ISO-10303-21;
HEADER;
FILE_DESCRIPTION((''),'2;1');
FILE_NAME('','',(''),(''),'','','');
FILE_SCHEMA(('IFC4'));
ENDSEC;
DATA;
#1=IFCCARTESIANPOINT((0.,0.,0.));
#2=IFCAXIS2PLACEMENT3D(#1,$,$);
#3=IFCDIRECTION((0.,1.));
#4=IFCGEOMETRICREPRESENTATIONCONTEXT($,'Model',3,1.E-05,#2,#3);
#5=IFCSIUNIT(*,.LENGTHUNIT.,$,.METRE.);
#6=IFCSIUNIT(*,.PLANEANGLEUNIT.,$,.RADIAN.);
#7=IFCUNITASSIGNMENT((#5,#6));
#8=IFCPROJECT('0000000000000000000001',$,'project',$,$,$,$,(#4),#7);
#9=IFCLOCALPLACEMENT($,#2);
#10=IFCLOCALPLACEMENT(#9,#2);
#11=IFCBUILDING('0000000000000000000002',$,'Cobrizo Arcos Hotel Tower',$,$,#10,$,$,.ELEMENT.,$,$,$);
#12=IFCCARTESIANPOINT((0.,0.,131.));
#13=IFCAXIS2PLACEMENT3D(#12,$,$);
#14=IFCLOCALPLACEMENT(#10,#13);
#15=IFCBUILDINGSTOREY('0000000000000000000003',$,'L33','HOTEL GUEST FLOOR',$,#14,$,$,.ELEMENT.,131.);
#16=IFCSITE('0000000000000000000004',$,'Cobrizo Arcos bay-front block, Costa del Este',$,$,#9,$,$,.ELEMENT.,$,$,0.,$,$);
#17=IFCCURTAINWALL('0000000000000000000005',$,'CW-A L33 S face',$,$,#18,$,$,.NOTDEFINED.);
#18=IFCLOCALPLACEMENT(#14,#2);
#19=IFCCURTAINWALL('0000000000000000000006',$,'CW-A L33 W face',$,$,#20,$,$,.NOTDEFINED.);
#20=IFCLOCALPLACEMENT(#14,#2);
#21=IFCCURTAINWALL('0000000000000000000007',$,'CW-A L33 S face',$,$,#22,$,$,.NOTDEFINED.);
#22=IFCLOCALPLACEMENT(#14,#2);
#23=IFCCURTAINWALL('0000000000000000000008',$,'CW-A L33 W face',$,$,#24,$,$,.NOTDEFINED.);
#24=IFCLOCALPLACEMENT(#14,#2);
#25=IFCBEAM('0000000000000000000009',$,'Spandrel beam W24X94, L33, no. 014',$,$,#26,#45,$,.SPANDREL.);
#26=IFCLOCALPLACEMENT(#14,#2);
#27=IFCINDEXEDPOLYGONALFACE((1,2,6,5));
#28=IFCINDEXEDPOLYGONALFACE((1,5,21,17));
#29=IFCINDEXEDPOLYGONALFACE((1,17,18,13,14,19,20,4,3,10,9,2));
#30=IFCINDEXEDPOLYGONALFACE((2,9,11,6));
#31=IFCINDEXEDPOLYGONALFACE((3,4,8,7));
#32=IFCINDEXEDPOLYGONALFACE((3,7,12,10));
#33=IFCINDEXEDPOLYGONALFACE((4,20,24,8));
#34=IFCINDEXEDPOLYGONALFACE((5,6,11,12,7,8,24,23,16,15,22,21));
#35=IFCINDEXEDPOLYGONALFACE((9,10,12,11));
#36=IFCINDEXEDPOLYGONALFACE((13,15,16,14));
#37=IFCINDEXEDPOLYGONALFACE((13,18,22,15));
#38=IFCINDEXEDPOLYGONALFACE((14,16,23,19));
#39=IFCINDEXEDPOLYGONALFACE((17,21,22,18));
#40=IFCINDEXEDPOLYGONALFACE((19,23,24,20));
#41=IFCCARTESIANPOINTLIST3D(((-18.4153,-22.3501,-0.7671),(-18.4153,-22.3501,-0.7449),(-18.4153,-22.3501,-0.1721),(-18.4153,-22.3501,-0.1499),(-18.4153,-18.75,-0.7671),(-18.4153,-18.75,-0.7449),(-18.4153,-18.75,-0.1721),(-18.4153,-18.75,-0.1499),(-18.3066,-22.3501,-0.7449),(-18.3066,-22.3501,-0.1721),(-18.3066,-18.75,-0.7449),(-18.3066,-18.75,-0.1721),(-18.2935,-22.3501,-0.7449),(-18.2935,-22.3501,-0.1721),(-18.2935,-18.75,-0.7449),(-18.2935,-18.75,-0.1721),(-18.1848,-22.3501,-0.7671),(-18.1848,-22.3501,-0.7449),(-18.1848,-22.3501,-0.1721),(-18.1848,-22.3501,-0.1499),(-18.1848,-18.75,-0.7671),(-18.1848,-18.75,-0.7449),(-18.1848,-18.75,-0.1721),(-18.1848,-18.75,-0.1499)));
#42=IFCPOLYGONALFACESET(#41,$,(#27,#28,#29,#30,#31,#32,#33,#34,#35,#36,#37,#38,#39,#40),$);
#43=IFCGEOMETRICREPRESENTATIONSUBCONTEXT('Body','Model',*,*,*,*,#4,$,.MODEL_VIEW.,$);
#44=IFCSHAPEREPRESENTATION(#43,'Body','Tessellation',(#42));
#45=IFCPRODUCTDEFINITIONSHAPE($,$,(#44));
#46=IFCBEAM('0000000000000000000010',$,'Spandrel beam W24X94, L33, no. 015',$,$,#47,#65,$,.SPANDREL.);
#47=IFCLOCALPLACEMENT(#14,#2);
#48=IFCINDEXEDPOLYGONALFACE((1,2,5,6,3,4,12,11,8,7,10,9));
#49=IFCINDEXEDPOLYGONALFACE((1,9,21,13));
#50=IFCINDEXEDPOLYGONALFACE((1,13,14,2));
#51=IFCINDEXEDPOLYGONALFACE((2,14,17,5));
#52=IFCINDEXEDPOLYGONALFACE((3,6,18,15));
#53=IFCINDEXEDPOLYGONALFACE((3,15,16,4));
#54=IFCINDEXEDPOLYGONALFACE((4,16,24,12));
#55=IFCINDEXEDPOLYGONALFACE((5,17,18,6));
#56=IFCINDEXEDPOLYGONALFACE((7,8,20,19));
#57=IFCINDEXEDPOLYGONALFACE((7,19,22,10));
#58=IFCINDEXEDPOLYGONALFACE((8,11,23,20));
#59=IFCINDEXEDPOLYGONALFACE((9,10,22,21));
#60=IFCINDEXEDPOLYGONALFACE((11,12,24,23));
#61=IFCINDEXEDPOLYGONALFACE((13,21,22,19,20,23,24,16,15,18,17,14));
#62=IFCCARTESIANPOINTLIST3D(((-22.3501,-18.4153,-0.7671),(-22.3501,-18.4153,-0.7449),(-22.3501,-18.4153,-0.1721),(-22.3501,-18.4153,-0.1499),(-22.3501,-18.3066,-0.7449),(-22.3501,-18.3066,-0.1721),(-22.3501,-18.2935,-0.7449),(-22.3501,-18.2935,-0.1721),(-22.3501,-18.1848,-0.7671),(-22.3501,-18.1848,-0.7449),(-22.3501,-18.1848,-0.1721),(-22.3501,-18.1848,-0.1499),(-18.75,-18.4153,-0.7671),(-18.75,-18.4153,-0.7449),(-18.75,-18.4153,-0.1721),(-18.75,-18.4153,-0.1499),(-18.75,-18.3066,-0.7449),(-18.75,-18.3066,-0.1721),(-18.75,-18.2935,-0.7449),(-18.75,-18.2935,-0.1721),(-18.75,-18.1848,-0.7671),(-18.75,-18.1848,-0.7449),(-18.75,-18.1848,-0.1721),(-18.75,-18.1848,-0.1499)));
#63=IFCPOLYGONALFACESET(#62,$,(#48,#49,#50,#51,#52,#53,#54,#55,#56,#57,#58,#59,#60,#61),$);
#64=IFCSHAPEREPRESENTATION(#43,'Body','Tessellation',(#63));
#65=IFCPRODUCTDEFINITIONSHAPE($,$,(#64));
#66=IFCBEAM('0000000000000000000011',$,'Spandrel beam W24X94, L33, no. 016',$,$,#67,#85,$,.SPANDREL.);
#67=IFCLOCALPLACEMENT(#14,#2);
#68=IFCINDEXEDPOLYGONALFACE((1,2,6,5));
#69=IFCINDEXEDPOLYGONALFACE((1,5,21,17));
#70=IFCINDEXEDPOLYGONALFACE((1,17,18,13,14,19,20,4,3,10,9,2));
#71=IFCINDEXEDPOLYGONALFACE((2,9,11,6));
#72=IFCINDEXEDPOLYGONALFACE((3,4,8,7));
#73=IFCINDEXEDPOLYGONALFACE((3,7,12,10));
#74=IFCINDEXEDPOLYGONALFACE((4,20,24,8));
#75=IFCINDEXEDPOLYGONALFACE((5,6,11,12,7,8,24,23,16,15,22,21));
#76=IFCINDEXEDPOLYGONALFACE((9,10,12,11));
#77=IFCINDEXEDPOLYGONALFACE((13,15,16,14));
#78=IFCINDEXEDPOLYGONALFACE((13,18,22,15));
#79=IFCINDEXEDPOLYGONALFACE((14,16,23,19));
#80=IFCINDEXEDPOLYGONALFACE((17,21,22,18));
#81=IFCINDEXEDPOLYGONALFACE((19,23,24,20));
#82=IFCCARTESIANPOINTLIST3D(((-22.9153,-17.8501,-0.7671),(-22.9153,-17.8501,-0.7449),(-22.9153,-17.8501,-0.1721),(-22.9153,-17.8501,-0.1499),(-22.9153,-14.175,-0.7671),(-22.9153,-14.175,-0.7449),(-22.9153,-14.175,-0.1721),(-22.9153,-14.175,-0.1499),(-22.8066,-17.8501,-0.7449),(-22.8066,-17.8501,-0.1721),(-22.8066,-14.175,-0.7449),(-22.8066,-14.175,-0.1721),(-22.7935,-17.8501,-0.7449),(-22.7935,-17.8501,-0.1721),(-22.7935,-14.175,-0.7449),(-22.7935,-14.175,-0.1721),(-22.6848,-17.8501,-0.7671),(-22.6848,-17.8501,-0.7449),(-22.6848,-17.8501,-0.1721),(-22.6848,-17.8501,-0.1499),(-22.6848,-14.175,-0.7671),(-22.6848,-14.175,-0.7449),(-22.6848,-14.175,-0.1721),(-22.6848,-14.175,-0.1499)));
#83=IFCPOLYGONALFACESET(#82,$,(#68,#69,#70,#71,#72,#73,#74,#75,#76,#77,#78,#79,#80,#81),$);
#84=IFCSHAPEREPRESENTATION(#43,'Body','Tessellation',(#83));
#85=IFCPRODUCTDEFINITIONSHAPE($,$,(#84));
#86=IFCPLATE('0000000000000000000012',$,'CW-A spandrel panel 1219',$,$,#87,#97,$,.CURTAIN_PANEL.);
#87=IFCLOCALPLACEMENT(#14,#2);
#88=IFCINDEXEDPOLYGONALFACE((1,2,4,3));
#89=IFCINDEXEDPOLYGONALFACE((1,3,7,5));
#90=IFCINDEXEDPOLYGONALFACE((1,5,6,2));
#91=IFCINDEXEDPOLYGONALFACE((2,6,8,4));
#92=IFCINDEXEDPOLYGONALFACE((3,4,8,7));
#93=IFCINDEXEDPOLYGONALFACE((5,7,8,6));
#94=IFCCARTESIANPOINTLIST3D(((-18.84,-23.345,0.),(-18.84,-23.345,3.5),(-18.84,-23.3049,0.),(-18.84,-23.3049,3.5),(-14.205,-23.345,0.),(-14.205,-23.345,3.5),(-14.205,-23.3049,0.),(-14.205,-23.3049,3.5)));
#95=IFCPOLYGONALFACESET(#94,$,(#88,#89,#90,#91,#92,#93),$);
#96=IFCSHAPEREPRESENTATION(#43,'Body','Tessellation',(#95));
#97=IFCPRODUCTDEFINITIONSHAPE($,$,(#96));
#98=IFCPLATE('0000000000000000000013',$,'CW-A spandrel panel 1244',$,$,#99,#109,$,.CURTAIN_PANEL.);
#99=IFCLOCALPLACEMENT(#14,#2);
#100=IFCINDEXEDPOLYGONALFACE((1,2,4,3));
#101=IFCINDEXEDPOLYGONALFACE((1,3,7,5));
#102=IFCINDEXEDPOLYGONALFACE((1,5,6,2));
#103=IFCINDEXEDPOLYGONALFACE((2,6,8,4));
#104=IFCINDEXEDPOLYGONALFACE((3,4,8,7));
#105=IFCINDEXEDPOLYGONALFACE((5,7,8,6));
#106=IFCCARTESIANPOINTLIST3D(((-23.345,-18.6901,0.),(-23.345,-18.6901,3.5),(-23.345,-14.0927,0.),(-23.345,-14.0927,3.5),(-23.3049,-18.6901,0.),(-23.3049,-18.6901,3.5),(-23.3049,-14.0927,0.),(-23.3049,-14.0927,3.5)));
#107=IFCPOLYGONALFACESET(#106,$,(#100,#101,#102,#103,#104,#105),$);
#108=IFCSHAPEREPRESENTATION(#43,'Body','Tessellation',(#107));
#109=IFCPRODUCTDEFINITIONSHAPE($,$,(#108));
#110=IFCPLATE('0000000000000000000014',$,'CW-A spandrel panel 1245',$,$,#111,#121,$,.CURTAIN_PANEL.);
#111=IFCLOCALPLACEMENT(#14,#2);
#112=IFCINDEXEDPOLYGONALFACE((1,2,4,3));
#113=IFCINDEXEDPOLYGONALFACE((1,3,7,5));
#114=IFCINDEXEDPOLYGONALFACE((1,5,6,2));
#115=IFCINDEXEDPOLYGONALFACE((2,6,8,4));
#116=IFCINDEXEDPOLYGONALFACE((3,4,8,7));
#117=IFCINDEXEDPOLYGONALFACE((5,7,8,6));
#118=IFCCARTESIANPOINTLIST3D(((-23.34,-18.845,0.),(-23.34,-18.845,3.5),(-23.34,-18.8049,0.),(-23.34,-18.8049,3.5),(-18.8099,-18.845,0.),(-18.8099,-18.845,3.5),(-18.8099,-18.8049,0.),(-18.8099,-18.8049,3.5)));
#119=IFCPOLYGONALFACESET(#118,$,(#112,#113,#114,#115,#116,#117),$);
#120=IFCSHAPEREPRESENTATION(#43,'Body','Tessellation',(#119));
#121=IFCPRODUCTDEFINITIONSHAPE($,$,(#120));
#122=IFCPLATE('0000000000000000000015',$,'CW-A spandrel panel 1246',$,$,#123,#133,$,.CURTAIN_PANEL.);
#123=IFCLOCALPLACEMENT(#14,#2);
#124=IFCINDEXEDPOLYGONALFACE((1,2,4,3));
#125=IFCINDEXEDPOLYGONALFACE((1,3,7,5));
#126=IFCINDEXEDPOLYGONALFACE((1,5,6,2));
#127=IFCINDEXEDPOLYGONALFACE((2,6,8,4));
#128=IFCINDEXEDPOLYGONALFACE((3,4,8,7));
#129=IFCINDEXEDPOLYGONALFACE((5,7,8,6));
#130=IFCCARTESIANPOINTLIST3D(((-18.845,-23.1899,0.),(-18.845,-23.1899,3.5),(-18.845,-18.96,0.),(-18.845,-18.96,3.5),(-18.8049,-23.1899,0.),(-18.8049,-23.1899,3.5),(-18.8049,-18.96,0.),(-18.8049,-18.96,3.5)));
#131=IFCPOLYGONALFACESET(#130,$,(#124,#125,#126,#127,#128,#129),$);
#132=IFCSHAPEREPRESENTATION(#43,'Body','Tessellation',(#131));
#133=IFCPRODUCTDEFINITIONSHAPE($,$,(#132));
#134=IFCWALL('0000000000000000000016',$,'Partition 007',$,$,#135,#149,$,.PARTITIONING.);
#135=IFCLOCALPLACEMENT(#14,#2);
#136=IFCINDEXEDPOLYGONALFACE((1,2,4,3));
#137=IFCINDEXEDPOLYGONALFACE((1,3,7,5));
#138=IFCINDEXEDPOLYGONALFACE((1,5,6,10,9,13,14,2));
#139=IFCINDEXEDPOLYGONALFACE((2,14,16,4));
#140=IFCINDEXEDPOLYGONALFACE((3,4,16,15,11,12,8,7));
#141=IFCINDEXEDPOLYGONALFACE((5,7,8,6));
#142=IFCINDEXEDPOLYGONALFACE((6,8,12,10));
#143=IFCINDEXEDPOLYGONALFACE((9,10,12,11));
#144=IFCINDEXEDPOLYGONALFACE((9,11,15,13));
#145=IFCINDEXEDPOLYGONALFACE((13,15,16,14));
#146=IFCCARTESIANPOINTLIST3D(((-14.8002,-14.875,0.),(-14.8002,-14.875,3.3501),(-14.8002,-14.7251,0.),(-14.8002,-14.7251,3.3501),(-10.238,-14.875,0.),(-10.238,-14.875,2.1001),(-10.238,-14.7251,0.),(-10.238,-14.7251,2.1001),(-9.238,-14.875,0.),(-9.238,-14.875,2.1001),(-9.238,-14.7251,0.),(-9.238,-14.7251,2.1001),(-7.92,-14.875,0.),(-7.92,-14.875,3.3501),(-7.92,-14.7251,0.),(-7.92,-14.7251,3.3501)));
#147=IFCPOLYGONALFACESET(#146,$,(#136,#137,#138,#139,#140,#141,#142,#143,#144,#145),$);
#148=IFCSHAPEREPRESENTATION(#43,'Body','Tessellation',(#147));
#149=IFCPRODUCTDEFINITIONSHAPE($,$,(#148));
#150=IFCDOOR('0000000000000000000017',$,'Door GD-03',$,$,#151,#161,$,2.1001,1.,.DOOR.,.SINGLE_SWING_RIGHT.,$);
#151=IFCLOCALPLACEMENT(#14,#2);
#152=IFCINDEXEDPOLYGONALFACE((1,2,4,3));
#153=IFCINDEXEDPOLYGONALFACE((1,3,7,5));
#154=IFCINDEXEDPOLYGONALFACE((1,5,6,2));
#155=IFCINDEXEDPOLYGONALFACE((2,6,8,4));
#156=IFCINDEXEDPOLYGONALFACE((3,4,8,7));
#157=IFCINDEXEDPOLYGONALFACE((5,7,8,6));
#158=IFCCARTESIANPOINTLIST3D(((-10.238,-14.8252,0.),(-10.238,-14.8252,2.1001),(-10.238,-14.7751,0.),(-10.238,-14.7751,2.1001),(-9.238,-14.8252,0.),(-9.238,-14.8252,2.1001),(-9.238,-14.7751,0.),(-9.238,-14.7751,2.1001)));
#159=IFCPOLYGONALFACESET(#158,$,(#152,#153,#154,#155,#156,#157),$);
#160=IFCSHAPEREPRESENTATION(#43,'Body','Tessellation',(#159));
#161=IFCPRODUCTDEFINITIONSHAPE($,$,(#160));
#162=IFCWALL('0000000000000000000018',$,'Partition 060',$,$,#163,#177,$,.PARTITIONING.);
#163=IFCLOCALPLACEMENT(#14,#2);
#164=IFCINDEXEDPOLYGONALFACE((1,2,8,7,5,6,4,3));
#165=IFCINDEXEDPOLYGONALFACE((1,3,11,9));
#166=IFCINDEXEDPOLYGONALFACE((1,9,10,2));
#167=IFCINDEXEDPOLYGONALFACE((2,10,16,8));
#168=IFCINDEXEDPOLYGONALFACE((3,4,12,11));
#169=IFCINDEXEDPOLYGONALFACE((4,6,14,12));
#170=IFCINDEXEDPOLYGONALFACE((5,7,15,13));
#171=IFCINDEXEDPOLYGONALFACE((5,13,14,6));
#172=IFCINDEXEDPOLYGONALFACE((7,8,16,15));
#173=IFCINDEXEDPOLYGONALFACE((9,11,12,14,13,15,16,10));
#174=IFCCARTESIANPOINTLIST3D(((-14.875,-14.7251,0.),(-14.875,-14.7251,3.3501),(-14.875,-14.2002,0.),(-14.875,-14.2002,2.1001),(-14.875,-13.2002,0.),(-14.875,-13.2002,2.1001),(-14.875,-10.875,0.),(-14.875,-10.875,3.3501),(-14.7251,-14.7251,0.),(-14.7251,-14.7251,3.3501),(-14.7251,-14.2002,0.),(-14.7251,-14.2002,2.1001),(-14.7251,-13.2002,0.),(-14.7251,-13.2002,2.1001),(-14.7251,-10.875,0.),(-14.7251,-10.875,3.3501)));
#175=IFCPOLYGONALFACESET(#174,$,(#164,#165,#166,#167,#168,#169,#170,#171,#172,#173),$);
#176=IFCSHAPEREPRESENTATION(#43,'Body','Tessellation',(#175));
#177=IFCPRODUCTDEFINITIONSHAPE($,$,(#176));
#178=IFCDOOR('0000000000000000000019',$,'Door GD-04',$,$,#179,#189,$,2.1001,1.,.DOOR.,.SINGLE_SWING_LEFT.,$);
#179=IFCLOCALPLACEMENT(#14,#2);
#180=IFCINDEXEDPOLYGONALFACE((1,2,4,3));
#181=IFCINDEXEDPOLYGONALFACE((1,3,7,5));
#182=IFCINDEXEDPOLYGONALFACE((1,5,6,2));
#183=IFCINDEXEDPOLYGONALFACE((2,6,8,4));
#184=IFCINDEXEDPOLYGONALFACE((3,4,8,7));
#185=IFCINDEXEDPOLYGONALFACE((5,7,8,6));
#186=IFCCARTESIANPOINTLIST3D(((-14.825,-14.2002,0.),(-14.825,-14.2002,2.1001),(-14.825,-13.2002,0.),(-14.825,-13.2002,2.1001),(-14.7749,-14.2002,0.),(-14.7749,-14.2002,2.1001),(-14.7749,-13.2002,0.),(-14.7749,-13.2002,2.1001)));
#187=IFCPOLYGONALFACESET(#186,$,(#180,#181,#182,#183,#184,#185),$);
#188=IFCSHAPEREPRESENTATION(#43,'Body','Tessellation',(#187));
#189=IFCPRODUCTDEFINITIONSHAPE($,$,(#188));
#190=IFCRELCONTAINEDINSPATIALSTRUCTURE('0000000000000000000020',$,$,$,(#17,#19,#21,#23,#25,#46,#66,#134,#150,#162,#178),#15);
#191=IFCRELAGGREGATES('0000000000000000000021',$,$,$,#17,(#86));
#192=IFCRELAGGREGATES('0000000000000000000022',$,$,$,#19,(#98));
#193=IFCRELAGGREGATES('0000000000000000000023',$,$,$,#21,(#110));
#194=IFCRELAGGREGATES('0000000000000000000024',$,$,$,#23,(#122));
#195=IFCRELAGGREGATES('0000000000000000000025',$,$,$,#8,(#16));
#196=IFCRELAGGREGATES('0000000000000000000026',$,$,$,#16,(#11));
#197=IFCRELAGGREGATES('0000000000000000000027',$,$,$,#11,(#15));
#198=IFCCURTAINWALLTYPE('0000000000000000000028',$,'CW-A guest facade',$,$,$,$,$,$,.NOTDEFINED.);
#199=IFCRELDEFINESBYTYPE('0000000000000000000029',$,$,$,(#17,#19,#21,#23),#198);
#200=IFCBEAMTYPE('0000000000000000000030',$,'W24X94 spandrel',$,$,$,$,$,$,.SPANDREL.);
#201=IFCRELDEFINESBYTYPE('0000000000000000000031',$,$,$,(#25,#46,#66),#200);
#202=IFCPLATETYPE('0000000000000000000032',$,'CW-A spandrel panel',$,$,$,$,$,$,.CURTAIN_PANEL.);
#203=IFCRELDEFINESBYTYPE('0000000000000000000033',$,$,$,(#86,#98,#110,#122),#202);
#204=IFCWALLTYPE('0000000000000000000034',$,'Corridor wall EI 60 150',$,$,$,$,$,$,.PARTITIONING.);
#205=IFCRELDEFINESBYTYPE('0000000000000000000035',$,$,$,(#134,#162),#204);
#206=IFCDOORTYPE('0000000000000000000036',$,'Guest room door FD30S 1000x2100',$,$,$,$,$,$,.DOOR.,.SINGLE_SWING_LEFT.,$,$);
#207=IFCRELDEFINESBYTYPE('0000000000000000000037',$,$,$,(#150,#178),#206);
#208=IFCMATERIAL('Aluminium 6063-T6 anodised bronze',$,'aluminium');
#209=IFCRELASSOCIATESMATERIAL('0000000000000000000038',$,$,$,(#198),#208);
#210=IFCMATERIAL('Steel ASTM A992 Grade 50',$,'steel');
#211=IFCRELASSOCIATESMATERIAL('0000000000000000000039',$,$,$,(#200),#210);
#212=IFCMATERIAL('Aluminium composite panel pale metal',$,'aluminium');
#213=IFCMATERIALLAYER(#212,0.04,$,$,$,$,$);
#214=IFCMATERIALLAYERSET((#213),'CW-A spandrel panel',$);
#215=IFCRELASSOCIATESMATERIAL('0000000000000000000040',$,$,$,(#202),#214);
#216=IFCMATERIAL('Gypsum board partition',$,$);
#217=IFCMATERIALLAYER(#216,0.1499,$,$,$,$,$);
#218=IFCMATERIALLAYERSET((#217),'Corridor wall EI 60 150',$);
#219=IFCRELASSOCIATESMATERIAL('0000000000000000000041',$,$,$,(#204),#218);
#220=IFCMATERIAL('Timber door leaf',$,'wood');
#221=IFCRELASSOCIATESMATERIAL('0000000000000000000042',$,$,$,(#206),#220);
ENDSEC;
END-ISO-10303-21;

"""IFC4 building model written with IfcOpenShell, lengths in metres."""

from ifc_helpers import new_model, si_unit, direction, frame, frame_2d, origin, origin_2d, place, context, subcontext, project, spatial, rectangle, i_section, extrude, material, layer, layer_set, material_profile, profile_set, type_object, element, fill, aggregate, save


model = new_model("IFC4")

# Units and contexts
model_context = context("Model", 3, precision=1e-05, world=origin(), true_north=direction((0.0, 1.0)))
body_context = subcontext(model_context, "Body", "Model", "MODEL_VIEW")
ifc_project = project(units=[si_unit("LENGTHUNIT", "METRE"), si_unit("PLANEANGLEUNIT", "RADIAN")], contexts=[model_context])

# Site, building, storey
site_placement = place(None, origin())
site = spatial("IfcSite", under=ifc_project, at=site_placement, Name="Cobrizo Arcos bay-front block, Costa del Este", CompositionType="ELEMENT", RefElevation=0.0)
building_placement = place(site_placement, origin())
building = spatial("IfcBuilding", under=site, at=building_placement, Name="Cobrizo Arcos Hotel Tower", CompositionType="ELEMENT")
storey_placement = place(building_placement, frame((0.0, 0.0, 131.0)))
storey = spatial("IfcBuildingStorey", under=building, at=storey_placement, Name="L33", Description="HOTEL GUEST FLOOR", CompositionType="ELEMENT", Elevation=131.0)

# Curtain walls
ifc_material_1 = material(Name="Aluminium 6063-T6 anodised bronze", Category="aluminium")
curtain_wall_type = type_object("IfcCurtainWallType", Name="CW-A guest facade", PredefinedType="NOTDEFINED", material=ifc_material_1)
curtain_wall_1_placement = place(storey_placement, origin())
curtain_wall_1 = element("IfcCurtainWall", 1, at=curtain_wall_1_placement, inside=storey, type_object=curtain_wall_type, Name="CW-A L33 S face", PredefinedType="NOTDEFINED")
curtain_wall_2_placement = place(storey_placement, origin())
curtain_wall_2 = element("IfcCurtainWall", 2, at=curtain_wall_2_placement, inside=storey, type_object=curtain_wall_type, Name="CW-A L33 W face", PredefinedType="NOTDEFINED")

# Curtain walls
curtain_wall_3_placement = place(storey_placement, origin())
curtain_wall_3 = element("IfcCurtainWall", 3, at=curtain_wall_3_placement, inside=storey, type_object=curtain_wall_type, Name="CW-A L33 S face", PredefinedType="NOTDEFINED")
curtain_wall_4_placement = place(storey_placement, origin())
curtain_wall_4 = element("IfcCurtainWall", 4, at=curtain_wall_4_placement, inside=storey, type_object=curtain_wall_type, Name="CW-A L33 W face", PredefinedType="NOTDEFINED")

# Beams
ifc_material_2 = material(Name="Steel ASTM A992 Grade 50", Category="steel")
ifc_material_profile_1 = material_profile(ifc_material_2, i_section(OverallWidth=0.2305, OverallDepth=0.6172, WebThickness=0.0132, FlangeThickness=0.0222, at=origin_2d()), Name="W24X94")
ifc_profile_set_1 = profile_set([ifc_material_profile_1], Name="Steel ASTM A992 Grade 50")
beam_type_1 = type_object("IfcBeamType", Name="W24X94 spandrel", PredefinedType="SPANDREL", material=ifc_profile_set_1)
for number, where, z_axis, x_axis, name in (
    (5, (-18.3, -22.3501, -0.4585), (0.0, 1.0, 0.0), (-1.0, 0.0, 0.0), "Spandrel beam W24X94, L33, no. 014"),
    (6, (-18.75, -18.3, -0.4585), (-1.0, 0.0, 0.0), (0.0, -1.0, 0.0), "Spandrel beam W24X94, L33, no. 015"),
):
    element("IfcBeam", number, at=place(storey_placement, frame(where, z_axis=z_axis, x_axis=x_axis)), inside=storey, type_object=beam_type_1, Name=name, PredefinedType="SPANDREL", context=body_context, shape_type="SweptSolid", body=[
        extrude(i_section(OverallWidth=0.2305, OverallDepth=0.6172, WebThickness=0.0132, FlangeThickness=0.0222, at=origin_2d()), origin(), (0.0, 0.0, 1.0), 3.6001),
    ])
beam_1_placement = place(storey_placement, frame((-22.8, -17.8501, -0.4585), z_axis=(0.0, 1.0, 0.0), x_axis=(-1.0, 0.0, 0.0)))
element("IfcBeam", 7, at=beam_1_placement, inside=storey, type_object=beam_type_1, Name="Spandrel beam W24X94, L33, no. 016", PredefinedType="SPANDREL", context=body_context, shape_type="SweptSolid", body=[
    extrude(i_section(OverallWidth=0.2305, OverallDepth=0.6172, WebThickness=0.0132, FlangeThickness=0.0222, at=origin_2d()), origin(), (0.0, 0.0, 1.0), 3.675),
])

# Plates
ifc_material_3 = material(Name="Aluminium composite panel pale metal", Category="aluminium")
ifc_layer_1 = layer(ifc_material_3, 0.04)
ifc_layer_set_1 = layer_set([ifc_layer_1], Name="CW-A spandrel panel")
plate_type = type_object("IfcPlateType", Name="CW-A spandrel panel", PredefinedType="CURTAIN_PANEL", material=ifc_layer_set_1)
plate_1_placement = place(storey_placement, frame((-16.5225, -23.325, 0.0), z_axis=(0.0, 0.0, 1.0), x_axis=(1.0, 0.0, 0.0)))
plate_1 = element("IfcPlate", 8, at=plate_1_placement, type_object=plate_type, Name="CW-A spandrel panel 1219", PredefinedType="CURTAIN_PANEL", context=body_context, shape_type="SweptSolid", body=[
    extrude(rectangle(XDim=4.635, YDim=0.04, at=origin_2d()), origin(), (0.0, 0.0, 1.0), 3.5),
])
aggregate(curtain_wall_1, [plate_1])
plate_2_placement = place(storey_placement, frame((-23.325, -16.3914, 0.0), z_axis=(0.0, 0.0, 1.0), x_axis=(0.0, -1.0, 0.0)))
plate_2 = element("IfcPlate", 9, at=plate_2_placement, type_object=plate_type, Name="CW-A spandrel panel 1244", PredefinedType="CURTAIN_PANEL", context=body_context, shape_type="SweptSolid", body=[
    extrude(rectangle(XDim=4.5974, YDim=0.04, at=origin_2d()), origin(), (0.0, 0.0, 1.0), 3.5),
])
aggregate(curtain_wall_2, [plate_2])
plate_3_placement = place(storey_placement, frame((-21.075, -18.825, 0.0), z_axis=(0.0, 0.0, 1.0), x_axis=(1.0, 0.0, 0.0)))
plate_3 = element("IfcPlate", 10, at=plate_3_placement, type_object=plate_type, Name="CW-A spandrel panel 1245", PredefinedType="CURTAIN_PANEL", context=body_context, shape_type="SweptSolid", body=[
    extrude(rectangle(XDim=4.53, YDim=0.04, at=origin_2d()), origin(), (0.0, 0.0, 1.0), 3.5),
])
aggregate(curtain_wall_3, [plate_3])
plate_4_placement = place(storey_placement, frame((-18.825, -21.075, 0.0), z_axis=(0.0, 0.0, 1.0), x_axis=(0.0, -1.0, 0.0)))
plate_4 = element("IfcPlate", 11, at=plate_4_placement, type_object=plate_type, Name="CW-A spandrel panel 1246", PredefinedType="CURTAIN_PANEL", context=body_context, shape_type="SweptSolid", body=[
    extrude(rectangle(XDim=4.23, YDim=0.04, at=origin_2d()), origin(), (0.0, 0.0, 1.0), 3.5),
])
aggregate(curtain_wall_4, [plate_4])

# Walls, openings, doors
ifc_material_4 = material(Name="Gypsum board partition")
ifc_layer_2 = layer(ifc_material_4, 0.1499)
ifc_layer_set_2 = layer_set([ifc_layer_2], Name="Corridor wall EI 60 150")
wall_type_1 = type_object("IfcWallType", Name="Corridor wall EI 60 150", PredefinedType="PARTITIONING", material=ifc_layer_set_2)
wall_1_placement = place(storey_placement, frame((-14.8, -14.8, 0.0), z_axis=(0.0, 0.0, 1.0), x_axis=(1.0, 0.0, 0.0)))
wall_1 = element("IfcWall", 12, at=wall_1_placement, inside=storey, type_object=wall_type_1, Name="Partition 007", PredefinedType="PARTITIONING", context=body_context, shape_type="SweptSolid", body=[
    extrude(rectangle(XDim=6.8801, YDim=0.1499, at=frame_2d((3.4399, 0.0))), origin(), (0.0, 0.0, 1.0), 3.3501),
])
opening_1_placement = place(wall_1_placement, frame((4.562, 0.0, 0.0)))
opening_1 = element("IfcOpeningElement", 13, at=opening_1_placement, cuts=wall_1, PredefinedType="OPENING", context=body_context, shape_type="SweptSolid", body=[
    extrude(rectangle(XDim=1.0, YDim=2.1001, at=frame_2d((0.5, 1.05))), frame((0.0, 0.0869, 0.0), z_axis=(0.0, -1.0, 0.0), x_axis=(1.0, 0.0, 0.0)), (0.0, 0.0, 1.0), 0.1738),
])
ifc_material_5 = material(Name="Timber door leaf", Category="wood")
door_type_1 = type_object("IfcDoorType", Name="Guest room door FD30S 1000x2100", OperationType="SINGLE_SWING_LEFT", PredefinedType="DOOR", material=ifc_material_5)
door_1_placement = place(opening_1_placement, origin())
door_1 = element("IfcDoor", 14, at=door_1_placement, inside=storey, type_object=door_type_1, Name="Door GD-03", OperationType="SINGLE_SWING_RIGHT", OverallHeight=2.1001, OverallWidth=1.0, PredefinedType="DOOR", context=body_context, shape_type="SweptSolid", body=[
    extrude(rectangle(XDim=1.0, YDim=2.1001, at=frame_2d((0.5, 1.05))), frame((0.0, 0.0249, 0.0), z_axis=(0.0, -1.0, 0.0), x_axis=(1.0, 0.0, 0.0)), (0.0, 0.0, 1.0), 0.05),
])
fill(opening_1, door_1)
wall_2_placement = place(storey_placement, frame((-14.8, -14.7251, 0.0), z_axis=(0.0, 0.0, 1.0), x_axis=(0.0, 1.0, 0.0)))
wall_2 = element("IfcWall", 15, at=wall_2_placement, inside=storey, type_object=wall_type_1, Name="Partition 060", PredefinedType="PARTITIONING", context=body_context, shape_type="SweptSolid", body=[
    extrude(rectangle(XDim=3.8501, YDim=0.1499, at=frame_2d((1.925, 0.0))), origin(), (0.0, 0.0, 1.0), 3.3501),
])
opening_2_placement = place(wall_2_placement, frame((0.5249, 0.0, 0.0)))
opening_2 = element("IfcOpeningElement", 16, at=opening_2_placement, cuts=wall_2, PredefinedType="OPENING", context=body_context, shape_type="SweptSolid", body=[
    extrude(rectangle(XDim=1.0, YDim=2.1001, at=frame_2d((0.5, 1.05))), frame((0.0, 0.0869, 0.0), z_axis=(0.0, -1.0, 0.0), x_axis=(1.0, 0.0, 0.0)), (0.0, 0.0, 1.0), 0.1738),
])
door_2_placement = place(opening_2_placement, origin())
door_2 = element("IfcDoor", 17, at=door_2_placement, inside=storey, type_object=door_type_1, Name="Door GD-04", OperationType="SINGLE_SWING_LEFT", OverallHeight=2.1001, OverallWidth=1.0, PredefinedType="DOOR", context=body_context, shape_type="SweptSolid", body=[
    extrude(rectangle(XDim=1.0, YDim=2.1001, at=frame_2d((0.5, 1.05))), frame((0.0, 0.0249, 0.0), z_axis=(0.0, -1.0, 0.0), x_axis=(1.0, 0.0, 0.0)), (0.0, 0.0, 1.0), 0.05),
])
fill(opening_2, door_2)

save(model, "model.ifc")
